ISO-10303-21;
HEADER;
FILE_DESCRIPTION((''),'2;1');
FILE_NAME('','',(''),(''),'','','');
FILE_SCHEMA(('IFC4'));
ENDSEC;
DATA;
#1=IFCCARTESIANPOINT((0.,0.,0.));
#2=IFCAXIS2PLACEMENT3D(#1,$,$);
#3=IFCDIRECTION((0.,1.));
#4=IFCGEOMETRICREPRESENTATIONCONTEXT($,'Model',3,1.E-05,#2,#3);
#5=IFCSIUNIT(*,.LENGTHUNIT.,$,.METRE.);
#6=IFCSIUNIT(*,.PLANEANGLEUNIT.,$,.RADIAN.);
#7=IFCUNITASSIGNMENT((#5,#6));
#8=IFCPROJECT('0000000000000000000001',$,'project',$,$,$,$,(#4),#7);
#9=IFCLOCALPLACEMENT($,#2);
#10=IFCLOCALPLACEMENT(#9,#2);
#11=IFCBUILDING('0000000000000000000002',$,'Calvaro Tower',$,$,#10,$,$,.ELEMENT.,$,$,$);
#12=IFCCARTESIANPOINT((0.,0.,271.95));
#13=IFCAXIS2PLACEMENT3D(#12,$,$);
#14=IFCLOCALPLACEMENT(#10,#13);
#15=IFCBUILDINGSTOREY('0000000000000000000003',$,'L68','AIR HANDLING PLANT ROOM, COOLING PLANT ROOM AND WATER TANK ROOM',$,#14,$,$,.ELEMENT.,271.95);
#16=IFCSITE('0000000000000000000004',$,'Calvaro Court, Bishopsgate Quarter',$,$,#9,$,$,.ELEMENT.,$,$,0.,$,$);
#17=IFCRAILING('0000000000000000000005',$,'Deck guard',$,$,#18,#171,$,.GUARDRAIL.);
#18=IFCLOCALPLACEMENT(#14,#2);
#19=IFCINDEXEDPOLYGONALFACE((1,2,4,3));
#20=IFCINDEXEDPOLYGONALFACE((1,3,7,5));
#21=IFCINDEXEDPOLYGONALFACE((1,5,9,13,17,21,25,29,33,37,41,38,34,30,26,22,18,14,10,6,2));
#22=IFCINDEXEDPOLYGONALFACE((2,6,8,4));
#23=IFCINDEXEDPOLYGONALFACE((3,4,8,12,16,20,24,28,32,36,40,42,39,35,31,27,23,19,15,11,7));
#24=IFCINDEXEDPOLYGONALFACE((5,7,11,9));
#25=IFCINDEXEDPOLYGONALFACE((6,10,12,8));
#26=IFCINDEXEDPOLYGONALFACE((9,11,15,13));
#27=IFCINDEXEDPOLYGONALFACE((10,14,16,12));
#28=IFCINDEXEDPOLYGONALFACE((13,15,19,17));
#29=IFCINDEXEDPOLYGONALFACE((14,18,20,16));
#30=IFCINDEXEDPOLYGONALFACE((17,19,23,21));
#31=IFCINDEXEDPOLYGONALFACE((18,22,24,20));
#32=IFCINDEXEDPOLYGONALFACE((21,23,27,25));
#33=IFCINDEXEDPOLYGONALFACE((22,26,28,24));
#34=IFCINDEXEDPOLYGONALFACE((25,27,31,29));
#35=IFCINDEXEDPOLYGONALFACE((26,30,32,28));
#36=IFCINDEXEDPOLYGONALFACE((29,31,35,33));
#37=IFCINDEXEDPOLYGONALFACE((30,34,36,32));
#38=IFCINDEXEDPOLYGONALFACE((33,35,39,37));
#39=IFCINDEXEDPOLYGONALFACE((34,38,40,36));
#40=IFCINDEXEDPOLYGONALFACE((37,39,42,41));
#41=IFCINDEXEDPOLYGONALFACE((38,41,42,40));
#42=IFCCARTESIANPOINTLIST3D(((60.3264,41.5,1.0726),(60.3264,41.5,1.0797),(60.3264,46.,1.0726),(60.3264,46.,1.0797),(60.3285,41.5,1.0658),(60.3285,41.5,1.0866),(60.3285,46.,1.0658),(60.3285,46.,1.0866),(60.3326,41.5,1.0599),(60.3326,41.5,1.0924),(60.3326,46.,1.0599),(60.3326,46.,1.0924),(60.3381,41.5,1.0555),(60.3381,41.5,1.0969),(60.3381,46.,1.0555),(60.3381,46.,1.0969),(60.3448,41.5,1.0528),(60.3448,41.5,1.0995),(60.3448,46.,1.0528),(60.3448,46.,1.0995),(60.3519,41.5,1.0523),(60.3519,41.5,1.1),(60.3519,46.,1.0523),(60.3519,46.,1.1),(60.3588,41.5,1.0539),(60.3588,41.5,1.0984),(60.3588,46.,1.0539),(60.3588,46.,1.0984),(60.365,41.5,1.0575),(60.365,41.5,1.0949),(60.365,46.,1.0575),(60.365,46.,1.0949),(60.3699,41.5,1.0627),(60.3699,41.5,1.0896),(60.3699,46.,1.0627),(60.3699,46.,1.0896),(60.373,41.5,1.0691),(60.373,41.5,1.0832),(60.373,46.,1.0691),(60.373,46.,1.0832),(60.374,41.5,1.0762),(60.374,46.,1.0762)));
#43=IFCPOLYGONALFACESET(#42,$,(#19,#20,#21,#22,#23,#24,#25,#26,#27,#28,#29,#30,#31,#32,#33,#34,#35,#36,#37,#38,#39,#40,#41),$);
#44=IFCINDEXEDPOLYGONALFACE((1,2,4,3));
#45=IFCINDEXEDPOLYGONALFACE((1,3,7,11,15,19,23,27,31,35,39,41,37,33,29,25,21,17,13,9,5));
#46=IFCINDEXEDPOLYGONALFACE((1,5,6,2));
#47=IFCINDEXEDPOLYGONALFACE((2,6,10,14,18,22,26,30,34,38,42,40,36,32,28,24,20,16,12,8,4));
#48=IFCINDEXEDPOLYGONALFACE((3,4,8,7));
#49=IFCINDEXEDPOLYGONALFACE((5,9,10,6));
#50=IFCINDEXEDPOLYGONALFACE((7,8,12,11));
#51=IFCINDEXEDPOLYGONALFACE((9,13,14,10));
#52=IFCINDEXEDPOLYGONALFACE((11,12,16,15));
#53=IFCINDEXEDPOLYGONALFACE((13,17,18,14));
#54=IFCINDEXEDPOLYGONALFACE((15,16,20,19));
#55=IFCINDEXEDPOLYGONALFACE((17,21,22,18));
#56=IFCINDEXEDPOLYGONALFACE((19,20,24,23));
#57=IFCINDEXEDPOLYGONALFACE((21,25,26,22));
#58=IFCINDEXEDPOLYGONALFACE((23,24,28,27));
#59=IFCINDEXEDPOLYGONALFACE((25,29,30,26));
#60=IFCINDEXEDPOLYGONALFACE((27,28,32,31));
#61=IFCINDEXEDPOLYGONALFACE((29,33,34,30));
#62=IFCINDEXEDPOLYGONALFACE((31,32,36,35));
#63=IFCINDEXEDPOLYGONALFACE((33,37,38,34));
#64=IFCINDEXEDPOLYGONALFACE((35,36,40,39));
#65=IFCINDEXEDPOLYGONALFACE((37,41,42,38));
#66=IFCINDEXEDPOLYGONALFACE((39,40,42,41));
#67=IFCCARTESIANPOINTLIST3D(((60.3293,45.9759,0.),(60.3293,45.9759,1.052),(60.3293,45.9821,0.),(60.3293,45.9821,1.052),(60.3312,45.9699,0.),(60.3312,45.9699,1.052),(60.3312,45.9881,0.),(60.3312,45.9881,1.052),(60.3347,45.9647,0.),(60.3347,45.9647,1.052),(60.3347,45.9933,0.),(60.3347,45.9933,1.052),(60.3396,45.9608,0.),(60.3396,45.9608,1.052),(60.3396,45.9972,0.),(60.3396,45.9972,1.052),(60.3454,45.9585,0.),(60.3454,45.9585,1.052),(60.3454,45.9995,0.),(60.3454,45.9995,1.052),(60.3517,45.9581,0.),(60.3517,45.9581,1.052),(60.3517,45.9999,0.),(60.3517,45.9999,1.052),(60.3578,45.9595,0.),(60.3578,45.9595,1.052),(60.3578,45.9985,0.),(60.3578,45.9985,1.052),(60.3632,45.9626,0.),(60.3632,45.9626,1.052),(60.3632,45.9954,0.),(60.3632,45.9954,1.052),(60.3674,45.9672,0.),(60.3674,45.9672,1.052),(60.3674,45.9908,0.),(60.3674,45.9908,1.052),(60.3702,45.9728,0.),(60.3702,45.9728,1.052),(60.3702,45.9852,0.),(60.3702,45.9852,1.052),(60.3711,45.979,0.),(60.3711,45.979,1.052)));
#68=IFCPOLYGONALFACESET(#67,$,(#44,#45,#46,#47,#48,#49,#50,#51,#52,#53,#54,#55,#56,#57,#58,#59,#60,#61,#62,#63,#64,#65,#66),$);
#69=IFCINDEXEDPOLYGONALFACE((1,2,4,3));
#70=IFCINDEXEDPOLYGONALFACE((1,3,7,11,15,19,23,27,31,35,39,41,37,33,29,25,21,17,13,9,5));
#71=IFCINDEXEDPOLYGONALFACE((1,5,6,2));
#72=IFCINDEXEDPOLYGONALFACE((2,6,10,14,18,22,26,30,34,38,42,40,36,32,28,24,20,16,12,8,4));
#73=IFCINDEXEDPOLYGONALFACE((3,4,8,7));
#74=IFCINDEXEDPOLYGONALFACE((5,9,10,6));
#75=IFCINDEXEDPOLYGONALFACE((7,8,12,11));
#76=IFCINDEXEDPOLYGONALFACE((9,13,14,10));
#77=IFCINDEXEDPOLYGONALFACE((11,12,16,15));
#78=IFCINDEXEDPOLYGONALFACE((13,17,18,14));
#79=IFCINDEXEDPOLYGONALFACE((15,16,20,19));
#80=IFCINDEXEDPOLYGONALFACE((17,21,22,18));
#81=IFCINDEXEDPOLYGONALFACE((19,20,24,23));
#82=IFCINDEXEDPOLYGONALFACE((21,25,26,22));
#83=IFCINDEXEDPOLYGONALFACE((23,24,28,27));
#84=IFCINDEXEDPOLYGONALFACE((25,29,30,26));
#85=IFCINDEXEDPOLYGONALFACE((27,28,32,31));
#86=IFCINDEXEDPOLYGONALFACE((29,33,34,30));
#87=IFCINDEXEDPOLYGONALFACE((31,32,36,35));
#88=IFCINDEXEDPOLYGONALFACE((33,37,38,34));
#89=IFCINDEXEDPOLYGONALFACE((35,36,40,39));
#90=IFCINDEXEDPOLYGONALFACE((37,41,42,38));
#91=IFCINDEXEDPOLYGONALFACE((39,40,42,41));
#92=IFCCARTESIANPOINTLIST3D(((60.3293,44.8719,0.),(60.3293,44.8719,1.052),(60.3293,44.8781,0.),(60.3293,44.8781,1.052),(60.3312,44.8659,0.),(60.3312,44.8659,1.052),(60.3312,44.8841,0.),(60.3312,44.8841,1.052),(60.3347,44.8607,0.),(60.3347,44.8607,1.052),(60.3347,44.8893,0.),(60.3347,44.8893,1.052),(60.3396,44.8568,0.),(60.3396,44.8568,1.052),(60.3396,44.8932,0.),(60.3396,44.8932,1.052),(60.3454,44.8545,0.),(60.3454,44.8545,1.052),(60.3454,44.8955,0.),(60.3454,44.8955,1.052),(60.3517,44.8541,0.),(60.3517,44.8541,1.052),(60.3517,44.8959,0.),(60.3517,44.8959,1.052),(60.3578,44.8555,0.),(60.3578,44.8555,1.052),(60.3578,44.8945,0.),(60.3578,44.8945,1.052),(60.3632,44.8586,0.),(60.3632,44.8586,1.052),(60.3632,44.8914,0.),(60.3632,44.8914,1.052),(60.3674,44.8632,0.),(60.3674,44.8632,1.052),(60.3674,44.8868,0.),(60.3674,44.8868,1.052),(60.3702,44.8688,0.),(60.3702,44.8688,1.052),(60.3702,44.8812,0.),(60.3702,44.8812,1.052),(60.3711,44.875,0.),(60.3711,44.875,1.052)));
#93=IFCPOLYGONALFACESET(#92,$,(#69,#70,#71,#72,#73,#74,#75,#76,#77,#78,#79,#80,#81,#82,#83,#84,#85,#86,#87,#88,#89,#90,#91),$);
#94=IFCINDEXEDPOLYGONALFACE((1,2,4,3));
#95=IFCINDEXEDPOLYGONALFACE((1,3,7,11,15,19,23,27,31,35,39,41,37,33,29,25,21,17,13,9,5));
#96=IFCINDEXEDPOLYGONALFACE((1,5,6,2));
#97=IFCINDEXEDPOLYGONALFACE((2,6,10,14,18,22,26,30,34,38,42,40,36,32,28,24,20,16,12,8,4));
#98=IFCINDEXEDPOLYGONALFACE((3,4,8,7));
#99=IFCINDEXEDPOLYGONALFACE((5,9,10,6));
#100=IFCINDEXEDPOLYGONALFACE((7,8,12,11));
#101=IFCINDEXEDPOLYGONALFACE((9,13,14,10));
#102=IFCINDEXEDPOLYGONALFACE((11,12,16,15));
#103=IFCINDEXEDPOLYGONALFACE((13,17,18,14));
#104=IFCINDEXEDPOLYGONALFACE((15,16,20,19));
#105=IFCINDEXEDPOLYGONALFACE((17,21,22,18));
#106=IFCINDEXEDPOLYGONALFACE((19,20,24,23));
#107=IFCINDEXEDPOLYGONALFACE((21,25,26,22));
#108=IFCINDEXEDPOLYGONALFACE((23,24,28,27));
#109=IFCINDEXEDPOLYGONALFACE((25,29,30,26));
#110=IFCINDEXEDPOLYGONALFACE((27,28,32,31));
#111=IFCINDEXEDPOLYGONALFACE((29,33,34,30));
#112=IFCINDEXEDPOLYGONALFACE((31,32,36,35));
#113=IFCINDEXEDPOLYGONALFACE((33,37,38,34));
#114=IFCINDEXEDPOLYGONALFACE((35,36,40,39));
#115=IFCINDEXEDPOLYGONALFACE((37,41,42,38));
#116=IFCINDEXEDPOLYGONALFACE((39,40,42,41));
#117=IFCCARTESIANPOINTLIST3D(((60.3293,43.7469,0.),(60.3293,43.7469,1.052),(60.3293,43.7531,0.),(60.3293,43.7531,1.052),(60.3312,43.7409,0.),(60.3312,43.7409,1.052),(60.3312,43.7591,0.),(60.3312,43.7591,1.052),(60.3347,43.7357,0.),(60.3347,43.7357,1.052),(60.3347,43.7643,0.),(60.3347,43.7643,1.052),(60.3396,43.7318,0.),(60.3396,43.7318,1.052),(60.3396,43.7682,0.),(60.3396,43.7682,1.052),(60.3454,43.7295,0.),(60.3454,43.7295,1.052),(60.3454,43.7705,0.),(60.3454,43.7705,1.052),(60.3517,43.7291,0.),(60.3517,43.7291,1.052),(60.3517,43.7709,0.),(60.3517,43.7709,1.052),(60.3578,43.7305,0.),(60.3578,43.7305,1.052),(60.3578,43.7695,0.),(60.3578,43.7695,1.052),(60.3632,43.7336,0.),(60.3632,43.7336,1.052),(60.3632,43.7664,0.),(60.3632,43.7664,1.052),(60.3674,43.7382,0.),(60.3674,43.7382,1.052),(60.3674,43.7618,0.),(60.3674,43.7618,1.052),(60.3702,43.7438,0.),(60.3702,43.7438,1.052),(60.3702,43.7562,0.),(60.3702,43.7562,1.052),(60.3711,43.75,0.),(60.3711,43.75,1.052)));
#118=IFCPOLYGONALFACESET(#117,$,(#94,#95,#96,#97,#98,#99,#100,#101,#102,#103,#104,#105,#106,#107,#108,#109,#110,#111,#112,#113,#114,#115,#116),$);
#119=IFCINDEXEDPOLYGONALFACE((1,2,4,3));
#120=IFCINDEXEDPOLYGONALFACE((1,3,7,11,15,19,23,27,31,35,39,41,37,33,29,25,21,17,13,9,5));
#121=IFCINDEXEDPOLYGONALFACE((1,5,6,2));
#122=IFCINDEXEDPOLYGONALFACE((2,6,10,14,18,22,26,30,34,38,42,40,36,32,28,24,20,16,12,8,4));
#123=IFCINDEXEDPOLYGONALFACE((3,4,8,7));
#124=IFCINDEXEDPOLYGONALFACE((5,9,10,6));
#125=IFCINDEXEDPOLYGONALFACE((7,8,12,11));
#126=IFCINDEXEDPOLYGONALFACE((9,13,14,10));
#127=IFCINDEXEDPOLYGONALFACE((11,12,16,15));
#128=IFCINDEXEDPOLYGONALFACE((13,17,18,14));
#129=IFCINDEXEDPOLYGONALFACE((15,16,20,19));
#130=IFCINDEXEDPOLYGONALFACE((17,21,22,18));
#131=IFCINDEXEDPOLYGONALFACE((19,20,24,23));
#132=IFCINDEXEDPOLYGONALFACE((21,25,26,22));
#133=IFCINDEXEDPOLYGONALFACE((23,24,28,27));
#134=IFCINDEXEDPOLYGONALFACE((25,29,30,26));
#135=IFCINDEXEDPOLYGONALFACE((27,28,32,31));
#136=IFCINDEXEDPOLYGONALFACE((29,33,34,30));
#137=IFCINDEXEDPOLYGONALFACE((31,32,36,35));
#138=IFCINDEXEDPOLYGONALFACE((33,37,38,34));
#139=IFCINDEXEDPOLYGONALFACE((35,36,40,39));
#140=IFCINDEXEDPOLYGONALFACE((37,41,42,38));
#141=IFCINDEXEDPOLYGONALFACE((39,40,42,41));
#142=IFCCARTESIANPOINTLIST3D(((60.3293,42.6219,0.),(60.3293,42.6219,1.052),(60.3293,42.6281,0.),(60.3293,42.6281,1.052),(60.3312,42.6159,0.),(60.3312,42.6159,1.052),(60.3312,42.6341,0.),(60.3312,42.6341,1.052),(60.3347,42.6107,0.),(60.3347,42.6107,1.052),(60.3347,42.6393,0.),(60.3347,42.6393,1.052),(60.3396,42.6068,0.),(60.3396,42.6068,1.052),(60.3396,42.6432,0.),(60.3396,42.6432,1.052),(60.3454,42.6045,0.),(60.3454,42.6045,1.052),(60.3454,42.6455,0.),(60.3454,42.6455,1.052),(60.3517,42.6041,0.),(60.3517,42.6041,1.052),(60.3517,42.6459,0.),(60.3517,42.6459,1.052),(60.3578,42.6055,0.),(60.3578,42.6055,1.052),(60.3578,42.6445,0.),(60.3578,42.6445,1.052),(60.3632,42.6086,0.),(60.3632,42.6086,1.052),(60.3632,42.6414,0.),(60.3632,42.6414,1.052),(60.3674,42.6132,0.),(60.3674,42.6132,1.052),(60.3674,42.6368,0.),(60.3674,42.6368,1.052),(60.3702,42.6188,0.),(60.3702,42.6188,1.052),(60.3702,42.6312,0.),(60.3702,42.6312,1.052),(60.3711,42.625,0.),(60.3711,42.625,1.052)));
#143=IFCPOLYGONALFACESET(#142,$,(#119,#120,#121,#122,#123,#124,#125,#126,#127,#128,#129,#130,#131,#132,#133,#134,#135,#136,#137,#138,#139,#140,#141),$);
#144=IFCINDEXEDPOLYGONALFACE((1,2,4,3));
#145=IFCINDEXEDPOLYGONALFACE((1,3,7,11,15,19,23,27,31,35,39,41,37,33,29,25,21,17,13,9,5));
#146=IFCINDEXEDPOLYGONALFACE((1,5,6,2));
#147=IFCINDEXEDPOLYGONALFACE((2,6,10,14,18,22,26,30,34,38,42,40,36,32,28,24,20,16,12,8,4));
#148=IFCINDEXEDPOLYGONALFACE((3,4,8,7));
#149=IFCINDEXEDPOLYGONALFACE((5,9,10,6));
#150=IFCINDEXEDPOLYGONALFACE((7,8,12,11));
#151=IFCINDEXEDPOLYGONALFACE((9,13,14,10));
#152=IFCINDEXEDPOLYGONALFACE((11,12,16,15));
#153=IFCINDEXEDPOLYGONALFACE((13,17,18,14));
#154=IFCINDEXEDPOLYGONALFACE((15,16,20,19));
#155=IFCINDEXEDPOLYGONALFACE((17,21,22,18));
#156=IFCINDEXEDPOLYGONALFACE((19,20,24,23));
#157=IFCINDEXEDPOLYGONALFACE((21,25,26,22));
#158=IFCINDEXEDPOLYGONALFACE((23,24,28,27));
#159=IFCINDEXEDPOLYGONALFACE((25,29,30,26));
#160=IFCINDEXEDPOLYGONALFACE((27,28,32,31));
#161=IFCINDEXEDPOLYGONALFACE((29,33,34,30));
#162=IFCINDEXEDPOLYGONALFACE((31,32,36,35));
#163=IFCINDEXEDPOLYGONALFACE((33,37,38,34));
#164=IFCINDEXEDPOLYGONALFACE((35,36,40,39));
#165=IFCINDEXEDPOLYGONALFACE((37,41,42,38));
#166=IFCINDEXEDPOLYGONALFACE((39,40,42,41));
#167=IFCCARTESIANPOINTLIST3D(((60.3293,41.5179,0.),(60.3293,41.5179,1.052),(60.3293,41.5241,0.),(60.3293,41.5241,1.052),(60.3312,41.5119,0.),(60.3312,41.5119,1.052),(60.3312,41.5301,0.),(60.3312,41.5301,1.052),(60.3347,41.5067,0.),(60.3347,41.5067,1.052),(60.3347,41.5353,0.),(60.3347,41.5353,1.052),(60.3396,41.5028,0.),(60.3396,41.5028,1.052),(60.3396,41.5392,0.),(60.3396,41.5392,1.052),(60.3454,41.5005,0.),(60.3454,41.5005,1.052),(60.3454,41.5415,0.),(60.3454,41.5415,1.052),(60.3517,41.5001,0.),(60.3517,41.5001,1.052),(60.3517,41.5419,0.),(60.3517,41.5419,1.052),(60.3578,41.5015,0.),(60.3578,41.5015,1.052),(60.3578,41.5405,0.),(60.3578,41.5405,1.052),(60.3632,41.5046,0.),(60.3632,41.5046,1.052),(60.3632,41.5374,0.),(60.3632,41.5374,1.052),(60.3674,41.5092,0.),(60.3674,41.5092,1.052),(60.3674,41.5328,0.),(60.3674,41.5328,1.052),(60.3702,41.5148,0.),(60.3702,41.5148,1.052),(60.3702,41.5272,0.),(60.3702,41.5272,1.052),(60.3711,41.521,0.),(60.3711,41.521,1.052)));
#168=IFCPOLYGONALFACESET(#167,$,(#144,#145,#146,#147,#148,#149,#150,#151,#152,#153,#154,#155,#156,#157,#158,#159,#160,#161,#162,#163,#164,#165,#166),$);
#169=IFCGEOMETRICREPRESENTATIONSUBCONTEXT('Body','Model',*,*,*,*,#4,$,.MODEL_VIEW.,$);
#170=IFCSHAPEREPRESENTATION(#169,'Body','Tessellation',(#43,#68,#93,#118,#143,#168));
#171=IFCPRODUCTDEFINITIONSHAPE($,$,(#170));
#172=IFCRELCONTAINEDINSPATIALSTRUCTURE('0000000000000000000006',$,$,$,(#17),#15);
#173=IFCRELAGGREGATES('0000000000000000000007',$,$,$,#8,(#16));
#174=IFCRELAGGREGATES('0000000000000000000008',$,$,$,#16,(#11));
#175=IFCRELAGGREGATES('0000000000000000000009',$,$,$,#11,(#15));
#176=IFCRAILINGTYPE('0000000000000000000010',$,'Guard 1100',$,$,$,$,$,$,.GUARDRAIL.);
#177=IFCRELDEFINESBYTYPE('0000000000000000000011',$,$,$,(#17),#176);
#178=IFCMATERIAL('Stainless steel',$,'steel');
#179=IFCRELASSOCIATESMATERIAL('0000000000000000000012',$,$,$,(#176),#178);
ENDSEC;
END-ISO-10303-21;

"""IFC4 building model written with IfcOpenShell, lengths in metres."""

from ifc_helpers import new_model, si_unit, direction, frame, origin, origin_2d, place, context, subcontext, project, spatial, circle, extrude, material, type_object, element, save


model = new_model("IFC4")

# Units and contexts
model_context = context("Model", 3, precision=1e-05, world=origin(), true_north=direction((0.0, 1.0)))
body_context = subcontext(model_context, "Body", "Model", "MODEL_VIEW")
ifc_project = project(units=[si_unit("LENGTHUNIT", "METRE"), si_unit("PLANEANGLEUNIT", "RADIAN")], contexts=[model_context])

# Site, building, storey
site_placement = place(None, origin())
site = spatial("IfcSite", under=ifc_project, at=site_placement, Name="Calvaro Court, Bishopsgate Quarter", CompositionType="ELEMENT", RefElevation=0.0)
building_placement = place(site_placement, origin())
building = spatial("IfcBuilding", under=site, at=building_placement, Name="Calvaro Tower", CompositionType="ELEMENT")
storey_placement = place(building_placement, frame((0.0, 0.0, 271.95)))
storey = spatial("IfcBuildingStorey", under=building, at=storey_placement, Name="L68", Description="AIR HANDLING PLANT ROOM, COOLING PLANT ROOM AND WATER TANK ROOM", CompositionType="ELEMENT", Elevation=271.95)

# Railing
ifc_material_1 = material(Name="Stainless steel", Category="steel")
railing_type_1 = type_object("IfcRailingType", Name="Guard 1100", PredefinedType="GUARDRAIL", material=ifc_material_1)
railing_1_placement = place(storey_placement, frame((60.3501, 46.0, 0.0)))
element("IfcRailing", 1, at=railing_1_placement, inside=storey, type_object=railing_type_1, Name="Deck guard", PredefinedType="GUARDRAIL", context=body_context, shape_type="SweptSolid", body=[
    extrude(circle(Radius=0.0239, at=origin_2d()), frame((0.0, 0.0, 1.0762), z_axis=(0.0, -1.0, 0.0), x_axis=(1.0, 0.0, 0.0)), (0.0, 0.0, 1.0), 4.5),
    extrude(circle(Radius=0.021, at=origin_2d()), frame((0.0, -0.021, 0.0)), (0.0, 0.0, 1.0), 1.052),
    extrude(circle(Radius=0.021, at=origin_2d()), frame((0.0, -1.125, 0.0)), (0.0, 0.0, 1.0), 1.052),
    extrude(circle(Radius=0.021, at=origin_2d()), frame((0.0, -2.25, 0.0)), (0.0, 0.0, 1.0), 1.052),
    extrude(circle(Radius=0.021, at=origin_2d()), frame((0.0, -3.375, 0.0)), (0.0, 0.0, 1.0), 1.052),
    extrude(circle(Radius=0.021, at=origin_2d()), frame((0.0, -4.479, 0.0)), (0.0, 0.0, 1.0), 1.052),
])

save(model, "model.ifc")
